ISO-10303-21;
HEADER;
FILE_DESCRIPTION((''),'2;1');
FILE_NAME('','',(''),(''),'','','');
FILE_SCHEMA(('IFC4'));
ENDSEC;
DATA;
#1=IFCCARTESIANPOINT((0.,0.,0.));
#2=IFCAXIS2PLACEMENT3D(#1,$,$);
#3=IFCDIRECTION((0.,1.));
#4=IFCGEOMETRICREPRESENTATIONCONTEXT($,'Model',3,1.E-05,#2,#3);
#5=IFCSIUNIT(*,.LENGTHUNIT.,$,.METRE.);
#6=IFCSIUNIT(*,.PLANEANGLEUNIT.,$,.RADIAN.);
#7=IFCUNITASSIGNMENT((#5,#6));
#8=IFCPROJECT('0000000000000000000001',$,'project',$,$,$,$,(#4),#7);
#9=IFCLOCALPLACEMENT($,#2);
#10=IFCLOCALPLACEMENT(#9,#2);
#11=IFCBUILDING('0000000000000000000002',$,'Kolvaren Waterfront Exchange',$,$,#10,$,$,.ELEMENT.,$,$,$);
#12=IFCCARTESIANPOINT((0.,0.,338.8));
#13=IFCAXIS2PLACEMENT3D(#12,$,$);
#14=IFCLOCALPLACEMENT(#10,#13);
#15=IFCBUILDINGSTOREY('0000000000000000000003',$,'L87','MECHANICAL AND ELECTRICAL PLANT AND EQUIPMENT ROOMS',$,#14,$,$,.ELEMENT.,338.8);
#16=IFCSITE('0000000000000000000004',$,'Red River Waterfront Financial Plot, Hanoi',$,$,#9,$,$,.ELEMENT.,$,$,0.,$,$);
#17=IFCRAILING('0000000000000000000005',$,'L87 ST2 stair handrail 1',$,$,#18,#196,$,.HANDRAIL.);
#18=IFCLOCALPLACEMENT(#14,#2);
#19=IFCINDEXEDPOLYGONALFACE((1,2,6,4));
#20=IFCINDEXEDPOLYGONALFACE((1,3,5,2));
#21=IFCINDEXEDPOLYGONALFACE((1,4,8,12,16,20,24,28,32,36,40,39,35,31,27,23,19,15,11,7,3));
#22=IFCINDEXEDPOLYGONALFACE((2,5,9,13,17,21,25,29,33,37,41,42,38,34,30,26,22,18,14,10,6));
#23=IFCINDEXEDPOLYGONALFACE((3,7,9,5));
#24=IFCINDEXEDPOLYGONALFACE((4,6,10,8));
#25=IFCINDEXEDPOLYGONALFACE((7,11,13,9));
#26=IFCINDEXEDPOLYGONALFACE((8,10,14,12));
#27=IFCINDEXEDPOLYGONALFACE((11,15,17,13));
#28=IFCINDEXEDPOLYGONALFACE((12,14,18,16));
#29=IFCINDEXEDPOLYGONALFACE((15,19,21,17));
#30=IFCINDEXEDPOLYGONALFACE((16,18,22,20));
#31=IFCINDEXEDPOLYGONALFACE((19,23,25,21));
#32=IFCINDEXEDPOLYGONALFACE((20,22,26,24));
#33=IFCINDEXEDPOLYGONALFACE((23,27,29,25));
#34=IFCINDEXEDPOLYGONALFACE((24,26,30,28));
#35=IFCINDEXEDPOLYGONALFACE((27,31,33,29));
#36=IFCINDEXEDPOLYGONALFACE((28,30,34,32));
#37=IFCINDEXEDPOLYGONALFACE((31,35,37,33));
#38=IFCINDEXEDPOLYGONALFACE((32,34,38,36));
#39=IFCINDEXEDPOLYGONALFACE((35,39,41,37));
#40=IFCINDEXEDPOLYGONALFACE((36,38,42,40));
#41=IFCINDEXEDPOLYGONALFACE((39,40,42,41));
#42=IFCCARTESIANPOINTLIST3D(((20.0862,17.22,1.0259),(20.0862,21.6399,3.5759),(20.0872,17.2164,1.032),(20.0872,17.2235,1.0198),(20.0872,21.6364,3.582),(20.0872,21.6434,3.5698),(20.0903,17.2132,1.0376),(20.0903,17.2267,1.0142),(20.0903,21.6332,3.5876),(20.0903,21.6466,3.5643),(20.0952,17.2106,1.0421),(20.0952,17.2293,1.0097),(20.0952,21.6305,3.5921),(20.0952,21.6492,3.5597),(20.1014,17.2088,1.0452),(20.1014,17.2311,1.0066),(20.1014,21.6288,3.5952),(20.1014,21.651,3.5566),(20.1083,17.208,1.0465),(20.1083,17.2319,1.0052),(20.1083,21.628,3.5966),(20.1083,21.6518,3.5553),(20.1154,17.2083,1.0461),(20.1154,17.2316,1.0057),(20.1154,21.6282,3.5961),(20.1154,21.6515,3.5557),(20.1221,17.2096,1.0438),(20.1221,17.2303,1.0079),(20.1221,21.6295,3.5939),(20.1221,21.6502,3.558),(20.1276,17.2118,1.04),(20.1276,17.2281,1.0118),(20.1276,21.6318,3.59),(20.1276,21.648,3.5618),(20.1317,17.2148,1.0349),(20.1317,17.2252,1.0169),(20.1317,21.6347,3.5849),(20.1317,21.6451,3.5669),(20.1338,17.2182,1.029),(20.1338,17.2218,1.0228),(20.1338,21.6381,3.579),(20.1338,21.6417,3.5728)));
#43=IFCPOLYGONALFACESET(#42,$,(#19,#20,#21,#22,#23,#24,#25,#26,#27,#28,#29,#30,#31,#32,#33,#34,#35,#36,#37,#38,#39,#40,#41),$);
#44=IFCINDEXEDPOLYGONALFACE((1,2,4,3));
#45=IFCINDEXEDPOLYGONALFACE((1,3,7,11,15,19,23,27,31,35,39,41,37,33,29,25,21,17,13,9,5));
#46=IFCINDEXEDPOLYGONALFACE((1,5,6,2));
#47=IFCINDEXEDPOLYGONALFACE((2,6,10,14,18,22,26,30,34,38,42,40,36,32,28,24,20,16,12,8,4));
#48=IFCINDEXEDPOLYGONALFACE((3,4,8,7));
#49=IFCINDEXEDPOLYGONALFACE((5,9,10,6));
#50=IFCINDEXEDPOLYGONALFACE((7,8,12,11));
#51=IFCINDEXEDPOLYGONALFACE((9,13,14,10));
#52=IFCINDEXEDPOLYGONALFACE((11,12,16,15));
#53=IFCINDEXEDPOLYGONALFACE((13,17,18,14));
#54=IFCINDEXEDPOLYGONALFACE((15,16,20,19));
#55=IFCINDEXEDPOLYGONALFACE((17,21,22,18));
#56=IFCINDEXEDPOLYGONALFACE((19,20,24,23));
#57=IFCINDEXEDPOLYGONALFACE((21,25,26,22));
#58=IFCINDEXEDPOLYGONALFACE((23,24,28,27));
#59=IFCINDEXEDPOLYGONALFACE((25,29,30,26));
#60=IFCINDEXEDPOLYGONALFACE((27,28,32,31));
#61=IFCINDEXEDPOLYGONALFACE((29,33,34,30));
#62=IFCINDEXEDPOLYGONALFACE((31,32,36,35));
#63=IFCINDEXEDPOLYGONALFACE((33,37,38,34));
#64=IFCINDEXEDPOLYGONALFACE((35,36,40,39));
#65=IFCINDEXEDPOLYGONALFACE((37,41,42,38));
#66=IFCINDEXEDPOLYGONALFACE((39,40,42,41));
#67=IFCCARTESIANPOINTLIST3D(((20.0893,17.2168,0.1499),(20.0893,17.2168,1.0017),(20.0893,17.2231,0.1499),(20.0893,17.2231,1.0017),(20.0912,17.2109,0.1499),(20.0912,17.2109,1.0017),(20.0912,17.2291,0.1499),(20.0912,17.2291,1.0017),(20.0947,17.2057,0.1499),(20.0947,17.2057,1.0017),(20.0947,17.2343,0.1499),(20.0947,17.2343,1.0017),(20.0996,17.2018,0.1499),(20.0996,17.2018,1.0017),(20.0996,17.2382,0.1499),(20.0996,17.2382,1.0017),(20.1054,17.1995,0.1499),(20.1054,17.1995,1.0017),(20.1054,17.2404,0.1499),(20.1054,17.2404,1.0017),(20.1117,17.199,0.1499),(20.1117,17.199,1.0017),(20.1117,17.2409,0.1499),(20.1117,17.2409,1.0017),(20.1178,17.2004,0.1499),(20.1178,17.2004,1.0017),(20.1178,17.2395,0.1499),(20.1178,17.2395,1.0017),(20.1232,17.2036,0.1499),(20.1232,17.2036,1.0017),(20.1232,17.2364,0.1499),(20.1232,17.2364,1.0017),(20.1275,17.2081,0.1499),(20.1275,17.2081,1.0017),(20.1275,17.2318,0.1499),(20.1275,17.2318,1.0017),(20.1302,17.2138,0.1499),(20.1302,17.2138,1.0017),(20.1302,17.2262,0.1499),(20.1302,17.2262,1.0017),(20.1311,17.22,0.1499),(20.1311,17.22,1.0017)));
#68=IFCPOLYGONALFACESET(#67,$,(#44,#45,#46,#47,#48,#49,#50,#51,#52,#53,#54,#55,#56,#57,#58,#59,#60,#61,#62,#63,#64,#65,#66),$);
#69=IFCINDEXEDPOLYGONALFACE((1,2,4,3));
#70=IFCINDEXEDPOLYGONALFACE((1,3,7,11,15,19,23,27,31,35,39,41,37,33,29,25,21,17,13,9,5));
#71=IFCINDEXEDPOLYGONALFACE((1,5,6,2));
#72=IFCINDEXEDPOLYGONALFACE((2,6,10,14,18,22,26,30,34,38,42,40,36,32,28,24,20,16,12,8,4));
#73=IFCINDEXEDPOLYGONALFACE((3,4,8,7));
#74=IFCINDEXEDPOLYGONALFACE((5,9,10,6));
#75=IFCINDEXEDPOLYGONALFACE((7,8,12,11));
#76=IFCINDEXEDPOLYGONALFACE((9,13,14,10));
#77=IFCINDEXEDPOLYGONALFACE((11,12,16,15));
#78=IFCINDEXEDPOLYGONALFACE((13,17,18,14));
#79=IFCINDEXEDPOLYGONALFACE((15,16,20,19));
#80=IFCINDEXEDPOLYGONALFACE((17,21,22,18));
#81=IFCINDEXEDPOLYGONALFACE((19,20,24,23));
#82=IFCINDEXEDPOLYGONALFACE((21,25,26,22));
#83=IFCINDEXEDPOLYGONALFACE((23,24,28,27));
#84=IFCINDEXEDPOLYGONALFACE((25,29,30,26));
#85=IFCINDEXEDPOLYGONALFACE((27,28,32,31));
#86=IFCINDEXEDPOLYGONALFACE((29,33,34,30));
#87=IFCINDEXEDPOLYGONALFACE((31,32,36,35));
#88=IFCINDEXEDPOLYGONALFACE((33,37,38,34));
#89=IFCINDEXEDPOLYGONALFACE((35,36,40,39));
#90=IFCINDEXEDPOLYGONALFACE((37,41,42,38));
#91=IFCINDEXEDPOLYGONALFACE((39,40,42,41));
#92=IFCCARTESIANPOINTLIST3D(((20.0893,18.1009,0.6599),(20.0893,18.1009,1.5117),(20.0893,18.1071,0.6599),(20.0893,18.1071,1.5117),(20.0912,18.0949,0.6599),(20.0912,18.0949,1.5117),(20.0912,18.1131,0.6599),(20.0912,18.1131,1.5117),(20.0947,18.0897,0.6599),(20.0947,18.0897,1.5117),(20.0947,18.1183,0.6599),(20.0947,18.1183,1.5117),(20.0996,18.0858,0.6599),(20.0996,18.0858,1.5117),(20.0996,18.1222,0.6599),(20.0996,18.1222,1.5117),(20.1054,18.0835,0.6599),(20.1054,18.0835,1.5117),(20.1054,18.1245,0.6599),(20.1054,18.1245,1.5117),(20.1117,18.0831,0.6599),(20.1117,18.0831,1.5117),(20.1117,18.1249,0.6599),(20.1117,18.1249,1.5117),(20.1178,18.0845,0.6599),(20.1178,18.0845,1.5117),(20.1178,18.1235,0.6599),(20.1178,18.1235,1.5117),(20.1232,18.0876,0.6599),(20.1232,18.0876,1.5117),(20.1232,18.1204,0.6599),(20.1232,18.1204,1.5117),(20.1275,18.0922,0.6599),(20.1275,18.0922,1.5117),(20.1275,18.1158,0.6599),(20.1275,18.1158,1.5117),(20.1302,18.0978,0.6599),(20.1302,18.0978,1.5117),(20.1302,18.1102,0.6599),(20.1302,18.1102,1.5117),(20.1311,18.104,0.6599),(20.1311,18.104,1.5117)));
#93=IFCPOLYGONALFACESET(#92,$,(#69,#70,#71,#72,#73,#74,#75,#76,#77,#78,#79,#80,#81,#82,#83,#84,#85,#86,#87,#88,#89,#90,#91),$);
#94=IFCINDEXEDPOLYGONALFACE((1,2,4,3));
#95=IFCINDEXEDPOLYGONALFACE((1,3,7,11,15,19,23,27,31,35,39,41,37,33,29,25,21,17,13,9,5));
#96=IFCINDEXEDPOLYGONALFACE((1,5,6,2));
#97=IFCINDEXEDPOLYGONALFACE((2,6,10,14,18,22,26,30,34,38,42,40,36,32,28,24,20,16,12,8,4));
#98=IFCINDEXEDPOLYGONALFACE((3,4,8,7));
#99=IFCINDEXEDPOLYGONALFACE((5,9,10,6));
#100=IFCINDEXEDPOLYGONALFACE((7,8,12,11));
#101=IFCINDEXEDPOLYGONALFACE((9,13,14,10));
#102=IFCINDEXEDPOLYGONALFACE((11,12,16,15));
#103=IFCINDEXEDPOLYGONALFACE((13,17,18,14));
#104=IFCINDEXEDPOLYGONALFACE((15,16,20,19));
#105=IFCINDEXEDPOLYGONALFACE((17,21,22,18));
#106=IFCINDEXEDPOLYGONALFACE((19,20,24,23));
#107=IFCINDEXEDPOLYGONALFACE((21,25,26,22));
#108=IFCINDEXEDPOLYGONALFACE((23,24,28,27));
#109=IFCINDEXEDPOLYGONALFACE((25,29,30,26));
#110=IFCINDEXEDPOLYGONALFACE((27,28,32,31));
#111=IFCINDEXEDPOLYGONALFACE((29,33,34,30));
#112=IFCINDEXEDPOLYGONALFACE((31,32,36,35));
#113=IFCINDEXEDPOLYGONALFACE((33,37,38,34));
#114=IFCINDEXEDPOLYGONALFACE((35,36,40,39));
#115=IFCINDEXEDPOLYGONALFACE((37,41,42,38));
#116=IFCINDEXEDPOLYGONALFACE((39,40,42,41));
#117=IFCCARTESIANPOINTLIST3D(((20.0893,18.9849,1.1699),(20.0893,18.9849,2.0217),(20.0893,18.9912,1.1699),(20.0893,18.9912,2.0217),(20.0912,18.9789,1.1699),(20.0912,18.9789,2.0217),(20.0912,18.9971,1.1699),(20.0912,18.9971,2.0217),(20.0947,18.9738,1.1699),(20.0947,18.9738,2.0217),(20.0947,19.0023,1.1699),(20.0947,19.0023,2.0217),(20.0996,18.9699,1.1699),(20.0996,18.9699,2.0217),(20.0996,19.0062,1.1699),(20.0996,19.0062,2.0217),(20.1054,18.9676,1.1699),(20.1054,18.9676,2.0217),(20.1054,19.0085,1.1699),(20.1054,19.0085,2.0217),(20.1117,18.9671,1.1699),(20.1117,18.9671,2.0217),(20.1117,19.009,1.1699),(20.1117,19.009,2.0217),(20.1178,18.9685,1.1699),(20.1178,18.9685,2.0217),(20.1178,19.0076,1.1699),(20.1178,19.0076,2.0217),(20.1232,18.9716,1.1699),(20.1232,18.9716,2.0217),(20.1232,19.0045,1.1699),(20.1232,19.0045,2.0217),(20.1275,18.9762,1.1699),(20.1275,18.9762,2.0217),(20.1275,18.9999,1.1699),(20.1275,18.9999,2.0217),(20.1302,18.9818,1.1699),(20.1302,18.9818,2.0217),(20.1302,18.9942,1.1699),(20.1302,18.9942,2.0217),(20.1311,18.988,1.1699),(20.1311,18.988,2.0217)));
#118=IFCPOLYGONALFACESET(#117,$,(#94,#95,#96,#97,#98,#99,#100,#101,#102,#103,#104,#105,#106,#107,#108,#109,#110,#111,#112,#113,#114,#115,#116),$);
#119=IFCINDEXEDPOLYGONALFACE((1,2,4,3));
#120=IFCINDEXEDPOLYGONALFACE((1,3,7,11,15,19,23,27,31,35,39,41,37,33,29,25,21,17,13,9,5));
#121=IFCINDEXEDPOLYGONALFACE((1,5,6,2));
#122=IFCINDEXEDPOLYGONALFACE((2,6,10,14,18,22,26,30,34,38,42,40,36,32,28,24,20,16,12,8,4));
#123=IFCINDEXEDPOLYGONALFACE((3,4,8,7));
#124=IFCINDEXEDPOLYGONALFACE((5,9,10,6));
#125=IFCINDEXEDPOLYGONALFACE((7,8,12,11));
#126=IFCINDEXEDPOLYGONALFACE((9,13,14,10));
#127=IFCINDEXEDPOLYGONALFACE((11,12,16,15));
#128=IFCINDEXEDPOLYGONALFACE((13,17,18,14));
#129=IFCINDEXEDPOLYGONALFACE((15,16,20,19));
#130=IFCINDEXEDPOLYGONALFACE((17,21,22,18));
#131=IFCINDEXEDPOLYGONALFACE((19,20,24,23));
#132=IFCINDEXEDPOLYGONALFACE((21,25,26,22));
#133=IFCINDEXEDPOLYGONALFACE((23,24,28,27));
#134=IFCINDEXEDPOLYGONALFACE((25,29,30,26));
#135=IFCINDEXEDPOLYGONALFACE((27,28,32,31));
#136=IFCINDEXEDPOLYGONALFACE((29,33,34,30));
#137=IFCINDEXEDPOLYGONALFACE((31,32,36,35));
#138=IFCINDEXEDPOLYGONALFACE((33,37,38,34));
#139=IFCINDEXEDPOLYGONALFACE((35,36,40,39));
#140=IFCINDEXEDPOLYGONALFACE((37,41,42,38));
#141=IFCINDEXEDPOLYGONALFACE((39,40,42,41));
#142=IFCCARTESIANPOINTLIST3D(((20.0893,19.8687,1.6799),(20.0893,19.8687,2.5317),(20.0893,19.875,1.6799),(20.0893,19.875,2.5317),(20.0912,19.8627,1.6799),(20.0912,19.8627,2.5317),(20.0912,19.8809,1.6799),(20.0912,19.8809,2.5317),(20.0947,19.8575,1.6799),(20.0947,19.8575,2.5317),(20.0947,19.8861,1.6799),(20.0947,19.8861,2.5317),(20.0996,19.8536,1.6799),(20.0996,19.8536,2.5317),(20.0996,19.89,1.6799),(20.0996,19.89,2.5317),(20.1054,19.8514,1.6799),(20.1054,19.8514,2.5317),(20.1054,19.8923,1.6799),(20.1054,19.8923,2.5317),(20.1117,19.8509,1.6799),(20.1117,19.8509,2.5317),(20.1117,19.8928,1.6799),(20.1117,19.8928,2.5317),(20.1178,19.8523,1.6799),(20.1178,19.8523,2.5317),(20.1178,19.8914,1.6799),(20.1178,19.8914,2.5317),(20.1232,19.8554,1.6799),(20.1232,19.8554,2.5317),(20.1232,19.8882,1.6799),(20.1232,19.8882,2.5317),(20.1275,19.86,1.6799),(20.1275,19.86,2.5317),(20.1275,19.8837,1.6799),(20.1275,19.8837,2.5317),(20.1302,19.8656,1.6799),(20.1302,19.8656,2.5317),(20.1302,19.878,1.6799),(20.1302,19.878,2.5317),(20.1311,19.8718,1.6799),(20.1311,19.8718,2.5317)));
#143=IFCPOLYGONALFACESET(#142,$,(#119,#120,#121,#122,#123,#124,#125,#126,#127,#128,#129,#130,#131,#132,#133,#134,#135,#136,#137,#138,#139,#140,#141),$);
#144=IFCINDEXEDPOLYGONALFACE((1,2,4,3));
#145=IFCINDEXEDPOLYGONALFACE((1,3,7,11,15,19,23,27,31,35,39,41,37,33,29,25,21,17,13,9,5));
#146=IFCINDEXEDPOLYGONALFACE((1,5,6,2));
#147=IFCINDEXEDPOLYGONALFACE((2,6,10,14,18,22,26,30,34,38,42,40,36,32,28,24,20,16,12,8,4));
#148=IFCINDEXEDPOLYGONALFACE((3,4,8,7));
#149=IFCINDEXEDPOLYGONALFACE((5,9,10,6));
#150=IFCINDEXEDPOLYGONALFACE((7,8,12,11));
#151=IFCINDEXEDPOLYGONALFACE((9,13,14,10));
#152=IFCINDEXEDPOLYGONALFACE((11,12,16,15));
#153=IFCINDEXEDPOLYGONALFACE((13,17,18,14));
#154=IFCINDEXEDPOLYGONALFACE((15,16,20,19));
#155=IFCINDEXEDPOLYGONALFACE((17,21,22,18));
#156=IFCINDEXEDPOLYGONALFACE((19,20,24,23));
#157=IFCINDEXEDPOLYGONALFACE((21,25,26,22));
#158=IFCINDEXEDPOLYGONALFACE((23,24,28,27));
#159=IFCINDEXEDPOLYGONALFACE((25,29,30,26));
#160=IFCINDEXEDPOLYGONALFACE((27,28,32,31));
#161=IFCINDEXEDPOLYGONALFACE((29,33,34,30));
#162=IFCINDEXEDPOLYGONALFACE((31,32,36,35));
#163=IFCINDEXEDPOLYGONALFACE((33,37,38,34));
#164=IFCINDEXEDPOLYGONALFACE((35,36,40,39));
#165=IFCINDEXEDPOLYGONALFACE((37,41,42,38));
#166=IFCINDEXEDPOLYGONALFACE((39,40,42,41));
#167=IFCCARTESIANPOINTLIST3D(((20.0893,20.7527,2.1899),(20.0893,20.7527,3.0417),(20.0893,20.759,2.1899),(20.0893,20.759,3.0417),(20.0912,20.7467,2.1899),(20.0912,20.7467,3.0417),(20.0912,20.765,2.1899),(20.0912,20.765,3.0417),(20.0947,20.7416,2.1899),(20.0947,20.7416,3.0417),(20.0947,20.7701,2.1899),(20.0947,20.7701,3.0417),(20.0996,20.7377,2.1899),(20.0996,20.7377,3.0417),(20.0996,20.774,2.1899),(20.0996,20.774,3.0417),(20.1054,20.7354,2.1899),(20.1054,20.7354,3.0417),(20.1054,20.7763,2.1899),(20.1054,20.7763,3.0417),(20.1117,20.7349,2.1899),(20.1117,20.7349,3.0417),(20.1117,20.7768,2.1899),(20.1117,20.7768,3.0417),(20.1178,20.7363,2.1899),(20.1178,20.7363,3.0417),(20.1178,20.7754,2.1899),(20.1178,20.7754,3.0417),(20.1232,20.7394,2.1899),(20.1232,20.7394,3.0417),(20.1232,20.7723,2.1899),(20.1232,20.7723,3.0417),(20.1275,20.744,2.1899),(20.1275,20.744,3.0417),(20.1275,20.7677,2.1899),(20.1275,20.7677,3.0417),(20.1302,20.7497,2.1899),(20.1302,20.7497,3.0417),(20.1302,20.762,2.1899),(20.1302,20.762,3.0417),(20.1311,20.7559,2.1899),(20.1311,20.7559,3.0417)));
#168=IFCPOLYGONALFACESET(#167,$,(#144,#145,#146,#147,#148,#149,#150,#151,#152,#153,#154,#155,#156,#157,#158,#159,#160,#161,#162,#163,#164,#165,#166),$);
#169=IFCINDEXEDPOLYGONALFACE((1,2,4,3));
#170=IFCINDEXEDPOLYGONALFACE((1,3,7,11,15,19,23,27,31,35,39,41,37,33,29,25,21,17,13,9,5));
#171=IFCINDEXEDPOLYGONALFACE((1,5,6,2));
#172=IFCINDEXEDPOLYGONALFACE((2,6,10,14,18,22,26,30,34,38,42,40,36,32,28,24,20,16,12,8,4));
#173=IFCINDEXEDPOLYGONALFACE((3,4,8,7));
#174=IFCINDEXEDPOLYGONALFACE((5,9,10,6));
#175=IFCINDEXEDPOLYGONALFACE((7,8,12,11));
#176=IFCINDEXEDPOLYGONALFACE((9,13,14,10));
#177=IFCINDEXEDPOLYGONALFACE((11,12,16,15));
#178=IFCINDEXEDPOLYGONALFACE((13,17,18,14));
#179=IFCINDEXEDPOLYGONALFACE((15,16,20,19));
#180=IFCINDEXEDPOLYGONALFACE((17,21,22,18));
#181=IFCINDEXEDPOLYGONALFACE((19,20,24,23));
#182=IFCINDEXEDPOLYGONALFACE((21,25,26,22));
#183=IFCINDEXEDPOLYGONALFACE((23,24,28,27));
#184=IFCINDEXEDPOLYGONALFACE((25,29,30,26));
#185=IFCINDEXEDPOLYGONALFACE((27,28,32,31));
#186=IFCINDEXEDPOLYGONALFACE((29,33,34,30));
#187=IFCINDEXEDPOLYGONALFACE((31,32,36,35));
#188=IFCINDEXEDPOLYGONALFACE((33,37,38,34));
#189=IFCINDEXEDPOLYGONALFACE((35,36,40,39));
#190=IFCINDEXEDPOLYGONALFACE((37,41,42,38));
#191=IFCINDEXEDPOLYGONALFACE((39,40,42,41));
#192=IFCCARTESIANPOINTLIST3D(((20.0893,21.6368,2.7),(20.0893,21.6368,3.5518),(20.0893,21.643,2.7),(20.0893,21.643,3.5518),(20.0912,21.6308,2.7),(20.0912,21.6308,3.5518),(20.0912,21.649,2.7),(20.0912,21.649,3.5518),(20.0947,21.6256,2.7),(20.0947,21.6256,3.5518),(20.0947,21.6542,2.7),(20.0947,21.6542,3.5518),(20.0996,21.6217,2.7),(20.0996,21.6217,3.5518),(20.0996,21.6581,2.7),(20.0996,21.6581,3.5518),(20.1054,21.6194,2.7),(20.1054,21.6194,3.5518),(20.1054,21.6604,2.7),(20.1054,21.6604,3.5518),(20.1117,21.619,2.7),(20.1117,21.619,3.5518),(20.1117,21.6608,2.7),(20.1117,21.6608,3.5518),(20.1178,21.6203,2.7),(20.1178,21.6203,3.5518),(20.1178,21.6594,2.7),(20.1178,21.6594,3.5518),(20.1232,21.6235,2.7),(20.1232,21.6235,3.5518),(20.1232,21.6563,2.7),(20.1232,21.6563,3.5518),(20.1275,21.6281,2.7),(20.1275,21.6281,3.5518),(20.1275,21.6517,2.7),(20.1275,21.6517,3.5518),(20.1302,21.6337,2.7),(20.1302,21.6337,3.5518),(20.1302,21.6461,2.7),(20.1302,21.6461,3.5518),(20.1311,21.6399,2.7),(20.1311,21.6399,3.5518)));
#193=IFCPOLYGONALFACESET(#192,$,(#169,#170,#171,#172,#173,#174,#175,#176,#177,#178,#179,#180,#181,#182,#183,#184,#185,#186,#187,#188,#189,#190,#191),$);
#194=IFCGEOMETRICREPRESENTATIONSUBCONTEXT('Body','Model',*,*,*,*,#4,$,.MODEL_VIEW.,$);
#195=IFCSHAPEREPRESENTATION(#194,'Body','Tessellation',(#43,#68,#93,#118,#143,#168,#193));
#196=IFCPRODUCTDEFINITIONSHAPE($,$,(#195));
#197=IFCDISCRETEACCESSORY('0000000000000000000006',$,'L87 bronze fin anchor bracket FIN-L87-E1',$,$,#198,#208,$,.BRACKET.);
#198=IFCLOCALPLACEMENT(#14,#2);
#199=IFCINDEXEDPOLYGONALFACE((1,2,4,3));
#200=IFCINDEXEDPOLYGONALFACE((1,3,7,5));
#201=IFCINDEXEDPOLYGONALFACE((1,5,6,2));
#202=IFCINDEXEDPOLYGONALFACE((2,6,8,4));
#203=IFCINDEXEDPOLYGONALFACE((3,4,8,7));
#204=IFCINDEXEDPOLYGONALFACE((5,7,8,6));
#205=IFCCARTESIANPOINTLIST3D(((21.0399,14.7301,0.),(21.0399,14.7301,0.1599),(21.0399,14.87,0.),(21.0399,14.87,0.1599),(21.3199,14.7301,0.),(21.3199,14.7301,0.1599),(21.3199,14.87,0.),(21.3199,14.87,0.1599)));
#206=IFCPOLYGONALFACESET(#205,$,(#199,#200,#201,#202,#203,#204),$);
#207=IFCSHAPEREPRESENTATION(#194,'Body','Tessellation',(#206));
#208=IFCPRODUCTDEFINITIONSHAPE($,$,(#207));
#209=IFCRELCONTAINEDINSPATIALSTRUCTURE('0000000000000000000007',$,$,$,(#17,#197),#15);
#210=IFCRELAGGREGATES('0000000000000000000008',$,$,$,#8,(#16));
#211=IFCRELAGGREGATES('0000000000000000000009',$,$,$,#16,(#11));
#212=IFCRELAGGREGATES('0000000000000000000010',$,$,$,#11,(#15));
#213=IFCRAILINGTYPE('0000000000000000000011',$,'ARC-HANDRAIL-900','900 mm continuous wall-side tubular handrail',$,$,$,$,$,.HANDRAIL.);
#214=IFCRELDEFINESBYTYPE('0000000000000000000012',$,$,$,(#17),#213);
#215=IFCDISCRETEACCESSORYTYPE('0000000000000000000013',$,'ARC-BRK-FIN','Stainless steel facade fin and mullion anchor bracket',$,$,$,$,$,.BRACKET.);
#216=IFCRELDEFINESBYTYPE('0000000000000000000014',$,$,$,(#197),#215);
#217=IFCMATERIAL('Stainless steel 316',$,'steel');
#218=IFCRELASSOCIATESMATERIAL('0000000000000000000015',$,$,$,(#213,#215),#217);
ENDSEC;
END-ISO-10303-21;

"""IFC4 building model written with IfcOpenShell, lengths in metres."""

from ifc_helpers import new_model, si_unit, direction, frame, origin, origin_with_axes, origin_2d, place, context, subcontext, project, spatial, rectangle, circle, extrude, source, transform, mapped, material, type_object, element, save


model = new_model("IFC4")

# Units and contexts
model_context = context("Model", 3, precision=1e-05, world=origin(), true_north=direction((0.0, 1.0)))
body_context = subcontext(model_context, "Body", "Model", "MODEL_VIEW")
ifc_project = project(units=[si_unit("LENGTHUNIT", "METRE"), si_unit("PLANEANGLEUNIT", "RADIAN")], contexts=[model_context])

# Site, building, storey
site_placement = place(None, origin())
site = spatial("IfcSite", under=ifc_project, at=site_placement, Name="Red River Waterfront Financial Plot, Hanoi", CompositionType="ELEMENT", RefElevation=0.0)
building_placement = place(site_placement, origin())
building = spatial("IfcBuilding", under=site, at=building_placement, Name="Kolvaren Waterfront Exchange", CompositionType="ELEMENT")
storey_placement = place(building_placement, frame((0.0, 0.0, 338.8)))
storey = spatial("IfcBuildingStorey", under=building, at=storey_placement, Name="L87", Description="MECHANICAL AND ELECTRICAL PLANT AND EQUIPMENT ROOMS", CompositionType="ELEMENT", Elevation=338.8)

# Railing
ifc_material_1 = material(Name="Stainless steel 316", Category="steel")
railing_type = type_object("IfcRailingType", Name="ARC-HANDRAIL-900", Description="900 mm continuous wall-side tubular handrail", PredefinedType="HANDRAIL", material=ifc_material_1)
railing_placement = place(storey_placement, frame((20.1101, 17.22, 0.1499)))
element("IfcRailing", 1, at=railing_placement, inside=storey, type_object=railing_type, Name="L87 ST2 stair handrail 1", PredefinedType="HANDRAIL", context=body_context, shape_type="SweptSolid", body=[
    extrude(circle(Radius=0.0239, at=origin_2d()), frame((0.0, 0.0, 0.876), z_axis=(0.0, 0.866178, 0.499736), x_axis=(-1.0, 0.0, 0.0)), (0.0, 0.0, 1.0), 5.1028),
    extrude(circle(Radius=0.021, at=origin_2d()), origin(), (0.0, 0.0, 1.0), 0.8518),
    extrude(circle(Radius=0.021, at=origin_2d()), frame((0.0, 0.884, 0.51)), (0.0, 0.0, 1.0), 0.8518),
    extrude(circle(Radius=0.021, at=origin_2d()), frame((0.0, 1.7681, 1.02)), (0.0, 0.0, 1.0), 0.8518),
    extrude(circle(Radius=0.021, at=origin_2d()), frame((0.0, 2.6519, 1.53)), (0.0, 0.0, 1.0), 0.8518),
    extrude(circle(Radius=0.021, at=origin_2d()), frame((0.0, 3.5359, 2.04)), (0.0, 0.0, 1.0), 0.8518),
    extrude(circle(Radius=0.021, at=origin_2d()), frame((0.0, 4.4199, 2.55)), (0.0, 0.0, 1.0), 0.8518),
])

# Discrete accessory
discrete_accessory_type = type_object("IfcDiscreteAccessoryType", Name="ARC-BRK-FIN", Description="Stainless steel facade fin and mullion anchor bracket", PredefinedType="BRACKET", material=ifc_material_1)
shared_shape = source(origin_with_axes(), body_context, "Body", "SweptSolid", [
    extrude(rectangle(XDim=0.28, YDim=0.1399, at=origin_2d()), origin(), (0.0, 0.0, 1.0), 0.1599),
])
discrete_accessory_placement = place(storey_placement, frame((21.1799, 14.8, 0.0), z_axis=(0.0, 0.0, 1.0), x_axis=(1.0, 0.0, 0.0)))
element("IfcDiscreteAccessory", 2, at=discrete_accessory_placement, inside=storey, type_object=discrete_accessory_type, Name="L87 bronze fin anchor bracket FIN-L87-E1", PredefinedType="BRACKET", context=body_context, shape_type="MappedRepresentation", body=[
    mapped(shared_shape, transform((0.0, 0.0, 0.0), x_axis=(1.0, 0.0, 0.0), y_axis=(0.0, 1.0, 0.0), z_axis=(0.0, 0.0, 1.0), scale=1.0)),
])

save(model, "model.ifc")
